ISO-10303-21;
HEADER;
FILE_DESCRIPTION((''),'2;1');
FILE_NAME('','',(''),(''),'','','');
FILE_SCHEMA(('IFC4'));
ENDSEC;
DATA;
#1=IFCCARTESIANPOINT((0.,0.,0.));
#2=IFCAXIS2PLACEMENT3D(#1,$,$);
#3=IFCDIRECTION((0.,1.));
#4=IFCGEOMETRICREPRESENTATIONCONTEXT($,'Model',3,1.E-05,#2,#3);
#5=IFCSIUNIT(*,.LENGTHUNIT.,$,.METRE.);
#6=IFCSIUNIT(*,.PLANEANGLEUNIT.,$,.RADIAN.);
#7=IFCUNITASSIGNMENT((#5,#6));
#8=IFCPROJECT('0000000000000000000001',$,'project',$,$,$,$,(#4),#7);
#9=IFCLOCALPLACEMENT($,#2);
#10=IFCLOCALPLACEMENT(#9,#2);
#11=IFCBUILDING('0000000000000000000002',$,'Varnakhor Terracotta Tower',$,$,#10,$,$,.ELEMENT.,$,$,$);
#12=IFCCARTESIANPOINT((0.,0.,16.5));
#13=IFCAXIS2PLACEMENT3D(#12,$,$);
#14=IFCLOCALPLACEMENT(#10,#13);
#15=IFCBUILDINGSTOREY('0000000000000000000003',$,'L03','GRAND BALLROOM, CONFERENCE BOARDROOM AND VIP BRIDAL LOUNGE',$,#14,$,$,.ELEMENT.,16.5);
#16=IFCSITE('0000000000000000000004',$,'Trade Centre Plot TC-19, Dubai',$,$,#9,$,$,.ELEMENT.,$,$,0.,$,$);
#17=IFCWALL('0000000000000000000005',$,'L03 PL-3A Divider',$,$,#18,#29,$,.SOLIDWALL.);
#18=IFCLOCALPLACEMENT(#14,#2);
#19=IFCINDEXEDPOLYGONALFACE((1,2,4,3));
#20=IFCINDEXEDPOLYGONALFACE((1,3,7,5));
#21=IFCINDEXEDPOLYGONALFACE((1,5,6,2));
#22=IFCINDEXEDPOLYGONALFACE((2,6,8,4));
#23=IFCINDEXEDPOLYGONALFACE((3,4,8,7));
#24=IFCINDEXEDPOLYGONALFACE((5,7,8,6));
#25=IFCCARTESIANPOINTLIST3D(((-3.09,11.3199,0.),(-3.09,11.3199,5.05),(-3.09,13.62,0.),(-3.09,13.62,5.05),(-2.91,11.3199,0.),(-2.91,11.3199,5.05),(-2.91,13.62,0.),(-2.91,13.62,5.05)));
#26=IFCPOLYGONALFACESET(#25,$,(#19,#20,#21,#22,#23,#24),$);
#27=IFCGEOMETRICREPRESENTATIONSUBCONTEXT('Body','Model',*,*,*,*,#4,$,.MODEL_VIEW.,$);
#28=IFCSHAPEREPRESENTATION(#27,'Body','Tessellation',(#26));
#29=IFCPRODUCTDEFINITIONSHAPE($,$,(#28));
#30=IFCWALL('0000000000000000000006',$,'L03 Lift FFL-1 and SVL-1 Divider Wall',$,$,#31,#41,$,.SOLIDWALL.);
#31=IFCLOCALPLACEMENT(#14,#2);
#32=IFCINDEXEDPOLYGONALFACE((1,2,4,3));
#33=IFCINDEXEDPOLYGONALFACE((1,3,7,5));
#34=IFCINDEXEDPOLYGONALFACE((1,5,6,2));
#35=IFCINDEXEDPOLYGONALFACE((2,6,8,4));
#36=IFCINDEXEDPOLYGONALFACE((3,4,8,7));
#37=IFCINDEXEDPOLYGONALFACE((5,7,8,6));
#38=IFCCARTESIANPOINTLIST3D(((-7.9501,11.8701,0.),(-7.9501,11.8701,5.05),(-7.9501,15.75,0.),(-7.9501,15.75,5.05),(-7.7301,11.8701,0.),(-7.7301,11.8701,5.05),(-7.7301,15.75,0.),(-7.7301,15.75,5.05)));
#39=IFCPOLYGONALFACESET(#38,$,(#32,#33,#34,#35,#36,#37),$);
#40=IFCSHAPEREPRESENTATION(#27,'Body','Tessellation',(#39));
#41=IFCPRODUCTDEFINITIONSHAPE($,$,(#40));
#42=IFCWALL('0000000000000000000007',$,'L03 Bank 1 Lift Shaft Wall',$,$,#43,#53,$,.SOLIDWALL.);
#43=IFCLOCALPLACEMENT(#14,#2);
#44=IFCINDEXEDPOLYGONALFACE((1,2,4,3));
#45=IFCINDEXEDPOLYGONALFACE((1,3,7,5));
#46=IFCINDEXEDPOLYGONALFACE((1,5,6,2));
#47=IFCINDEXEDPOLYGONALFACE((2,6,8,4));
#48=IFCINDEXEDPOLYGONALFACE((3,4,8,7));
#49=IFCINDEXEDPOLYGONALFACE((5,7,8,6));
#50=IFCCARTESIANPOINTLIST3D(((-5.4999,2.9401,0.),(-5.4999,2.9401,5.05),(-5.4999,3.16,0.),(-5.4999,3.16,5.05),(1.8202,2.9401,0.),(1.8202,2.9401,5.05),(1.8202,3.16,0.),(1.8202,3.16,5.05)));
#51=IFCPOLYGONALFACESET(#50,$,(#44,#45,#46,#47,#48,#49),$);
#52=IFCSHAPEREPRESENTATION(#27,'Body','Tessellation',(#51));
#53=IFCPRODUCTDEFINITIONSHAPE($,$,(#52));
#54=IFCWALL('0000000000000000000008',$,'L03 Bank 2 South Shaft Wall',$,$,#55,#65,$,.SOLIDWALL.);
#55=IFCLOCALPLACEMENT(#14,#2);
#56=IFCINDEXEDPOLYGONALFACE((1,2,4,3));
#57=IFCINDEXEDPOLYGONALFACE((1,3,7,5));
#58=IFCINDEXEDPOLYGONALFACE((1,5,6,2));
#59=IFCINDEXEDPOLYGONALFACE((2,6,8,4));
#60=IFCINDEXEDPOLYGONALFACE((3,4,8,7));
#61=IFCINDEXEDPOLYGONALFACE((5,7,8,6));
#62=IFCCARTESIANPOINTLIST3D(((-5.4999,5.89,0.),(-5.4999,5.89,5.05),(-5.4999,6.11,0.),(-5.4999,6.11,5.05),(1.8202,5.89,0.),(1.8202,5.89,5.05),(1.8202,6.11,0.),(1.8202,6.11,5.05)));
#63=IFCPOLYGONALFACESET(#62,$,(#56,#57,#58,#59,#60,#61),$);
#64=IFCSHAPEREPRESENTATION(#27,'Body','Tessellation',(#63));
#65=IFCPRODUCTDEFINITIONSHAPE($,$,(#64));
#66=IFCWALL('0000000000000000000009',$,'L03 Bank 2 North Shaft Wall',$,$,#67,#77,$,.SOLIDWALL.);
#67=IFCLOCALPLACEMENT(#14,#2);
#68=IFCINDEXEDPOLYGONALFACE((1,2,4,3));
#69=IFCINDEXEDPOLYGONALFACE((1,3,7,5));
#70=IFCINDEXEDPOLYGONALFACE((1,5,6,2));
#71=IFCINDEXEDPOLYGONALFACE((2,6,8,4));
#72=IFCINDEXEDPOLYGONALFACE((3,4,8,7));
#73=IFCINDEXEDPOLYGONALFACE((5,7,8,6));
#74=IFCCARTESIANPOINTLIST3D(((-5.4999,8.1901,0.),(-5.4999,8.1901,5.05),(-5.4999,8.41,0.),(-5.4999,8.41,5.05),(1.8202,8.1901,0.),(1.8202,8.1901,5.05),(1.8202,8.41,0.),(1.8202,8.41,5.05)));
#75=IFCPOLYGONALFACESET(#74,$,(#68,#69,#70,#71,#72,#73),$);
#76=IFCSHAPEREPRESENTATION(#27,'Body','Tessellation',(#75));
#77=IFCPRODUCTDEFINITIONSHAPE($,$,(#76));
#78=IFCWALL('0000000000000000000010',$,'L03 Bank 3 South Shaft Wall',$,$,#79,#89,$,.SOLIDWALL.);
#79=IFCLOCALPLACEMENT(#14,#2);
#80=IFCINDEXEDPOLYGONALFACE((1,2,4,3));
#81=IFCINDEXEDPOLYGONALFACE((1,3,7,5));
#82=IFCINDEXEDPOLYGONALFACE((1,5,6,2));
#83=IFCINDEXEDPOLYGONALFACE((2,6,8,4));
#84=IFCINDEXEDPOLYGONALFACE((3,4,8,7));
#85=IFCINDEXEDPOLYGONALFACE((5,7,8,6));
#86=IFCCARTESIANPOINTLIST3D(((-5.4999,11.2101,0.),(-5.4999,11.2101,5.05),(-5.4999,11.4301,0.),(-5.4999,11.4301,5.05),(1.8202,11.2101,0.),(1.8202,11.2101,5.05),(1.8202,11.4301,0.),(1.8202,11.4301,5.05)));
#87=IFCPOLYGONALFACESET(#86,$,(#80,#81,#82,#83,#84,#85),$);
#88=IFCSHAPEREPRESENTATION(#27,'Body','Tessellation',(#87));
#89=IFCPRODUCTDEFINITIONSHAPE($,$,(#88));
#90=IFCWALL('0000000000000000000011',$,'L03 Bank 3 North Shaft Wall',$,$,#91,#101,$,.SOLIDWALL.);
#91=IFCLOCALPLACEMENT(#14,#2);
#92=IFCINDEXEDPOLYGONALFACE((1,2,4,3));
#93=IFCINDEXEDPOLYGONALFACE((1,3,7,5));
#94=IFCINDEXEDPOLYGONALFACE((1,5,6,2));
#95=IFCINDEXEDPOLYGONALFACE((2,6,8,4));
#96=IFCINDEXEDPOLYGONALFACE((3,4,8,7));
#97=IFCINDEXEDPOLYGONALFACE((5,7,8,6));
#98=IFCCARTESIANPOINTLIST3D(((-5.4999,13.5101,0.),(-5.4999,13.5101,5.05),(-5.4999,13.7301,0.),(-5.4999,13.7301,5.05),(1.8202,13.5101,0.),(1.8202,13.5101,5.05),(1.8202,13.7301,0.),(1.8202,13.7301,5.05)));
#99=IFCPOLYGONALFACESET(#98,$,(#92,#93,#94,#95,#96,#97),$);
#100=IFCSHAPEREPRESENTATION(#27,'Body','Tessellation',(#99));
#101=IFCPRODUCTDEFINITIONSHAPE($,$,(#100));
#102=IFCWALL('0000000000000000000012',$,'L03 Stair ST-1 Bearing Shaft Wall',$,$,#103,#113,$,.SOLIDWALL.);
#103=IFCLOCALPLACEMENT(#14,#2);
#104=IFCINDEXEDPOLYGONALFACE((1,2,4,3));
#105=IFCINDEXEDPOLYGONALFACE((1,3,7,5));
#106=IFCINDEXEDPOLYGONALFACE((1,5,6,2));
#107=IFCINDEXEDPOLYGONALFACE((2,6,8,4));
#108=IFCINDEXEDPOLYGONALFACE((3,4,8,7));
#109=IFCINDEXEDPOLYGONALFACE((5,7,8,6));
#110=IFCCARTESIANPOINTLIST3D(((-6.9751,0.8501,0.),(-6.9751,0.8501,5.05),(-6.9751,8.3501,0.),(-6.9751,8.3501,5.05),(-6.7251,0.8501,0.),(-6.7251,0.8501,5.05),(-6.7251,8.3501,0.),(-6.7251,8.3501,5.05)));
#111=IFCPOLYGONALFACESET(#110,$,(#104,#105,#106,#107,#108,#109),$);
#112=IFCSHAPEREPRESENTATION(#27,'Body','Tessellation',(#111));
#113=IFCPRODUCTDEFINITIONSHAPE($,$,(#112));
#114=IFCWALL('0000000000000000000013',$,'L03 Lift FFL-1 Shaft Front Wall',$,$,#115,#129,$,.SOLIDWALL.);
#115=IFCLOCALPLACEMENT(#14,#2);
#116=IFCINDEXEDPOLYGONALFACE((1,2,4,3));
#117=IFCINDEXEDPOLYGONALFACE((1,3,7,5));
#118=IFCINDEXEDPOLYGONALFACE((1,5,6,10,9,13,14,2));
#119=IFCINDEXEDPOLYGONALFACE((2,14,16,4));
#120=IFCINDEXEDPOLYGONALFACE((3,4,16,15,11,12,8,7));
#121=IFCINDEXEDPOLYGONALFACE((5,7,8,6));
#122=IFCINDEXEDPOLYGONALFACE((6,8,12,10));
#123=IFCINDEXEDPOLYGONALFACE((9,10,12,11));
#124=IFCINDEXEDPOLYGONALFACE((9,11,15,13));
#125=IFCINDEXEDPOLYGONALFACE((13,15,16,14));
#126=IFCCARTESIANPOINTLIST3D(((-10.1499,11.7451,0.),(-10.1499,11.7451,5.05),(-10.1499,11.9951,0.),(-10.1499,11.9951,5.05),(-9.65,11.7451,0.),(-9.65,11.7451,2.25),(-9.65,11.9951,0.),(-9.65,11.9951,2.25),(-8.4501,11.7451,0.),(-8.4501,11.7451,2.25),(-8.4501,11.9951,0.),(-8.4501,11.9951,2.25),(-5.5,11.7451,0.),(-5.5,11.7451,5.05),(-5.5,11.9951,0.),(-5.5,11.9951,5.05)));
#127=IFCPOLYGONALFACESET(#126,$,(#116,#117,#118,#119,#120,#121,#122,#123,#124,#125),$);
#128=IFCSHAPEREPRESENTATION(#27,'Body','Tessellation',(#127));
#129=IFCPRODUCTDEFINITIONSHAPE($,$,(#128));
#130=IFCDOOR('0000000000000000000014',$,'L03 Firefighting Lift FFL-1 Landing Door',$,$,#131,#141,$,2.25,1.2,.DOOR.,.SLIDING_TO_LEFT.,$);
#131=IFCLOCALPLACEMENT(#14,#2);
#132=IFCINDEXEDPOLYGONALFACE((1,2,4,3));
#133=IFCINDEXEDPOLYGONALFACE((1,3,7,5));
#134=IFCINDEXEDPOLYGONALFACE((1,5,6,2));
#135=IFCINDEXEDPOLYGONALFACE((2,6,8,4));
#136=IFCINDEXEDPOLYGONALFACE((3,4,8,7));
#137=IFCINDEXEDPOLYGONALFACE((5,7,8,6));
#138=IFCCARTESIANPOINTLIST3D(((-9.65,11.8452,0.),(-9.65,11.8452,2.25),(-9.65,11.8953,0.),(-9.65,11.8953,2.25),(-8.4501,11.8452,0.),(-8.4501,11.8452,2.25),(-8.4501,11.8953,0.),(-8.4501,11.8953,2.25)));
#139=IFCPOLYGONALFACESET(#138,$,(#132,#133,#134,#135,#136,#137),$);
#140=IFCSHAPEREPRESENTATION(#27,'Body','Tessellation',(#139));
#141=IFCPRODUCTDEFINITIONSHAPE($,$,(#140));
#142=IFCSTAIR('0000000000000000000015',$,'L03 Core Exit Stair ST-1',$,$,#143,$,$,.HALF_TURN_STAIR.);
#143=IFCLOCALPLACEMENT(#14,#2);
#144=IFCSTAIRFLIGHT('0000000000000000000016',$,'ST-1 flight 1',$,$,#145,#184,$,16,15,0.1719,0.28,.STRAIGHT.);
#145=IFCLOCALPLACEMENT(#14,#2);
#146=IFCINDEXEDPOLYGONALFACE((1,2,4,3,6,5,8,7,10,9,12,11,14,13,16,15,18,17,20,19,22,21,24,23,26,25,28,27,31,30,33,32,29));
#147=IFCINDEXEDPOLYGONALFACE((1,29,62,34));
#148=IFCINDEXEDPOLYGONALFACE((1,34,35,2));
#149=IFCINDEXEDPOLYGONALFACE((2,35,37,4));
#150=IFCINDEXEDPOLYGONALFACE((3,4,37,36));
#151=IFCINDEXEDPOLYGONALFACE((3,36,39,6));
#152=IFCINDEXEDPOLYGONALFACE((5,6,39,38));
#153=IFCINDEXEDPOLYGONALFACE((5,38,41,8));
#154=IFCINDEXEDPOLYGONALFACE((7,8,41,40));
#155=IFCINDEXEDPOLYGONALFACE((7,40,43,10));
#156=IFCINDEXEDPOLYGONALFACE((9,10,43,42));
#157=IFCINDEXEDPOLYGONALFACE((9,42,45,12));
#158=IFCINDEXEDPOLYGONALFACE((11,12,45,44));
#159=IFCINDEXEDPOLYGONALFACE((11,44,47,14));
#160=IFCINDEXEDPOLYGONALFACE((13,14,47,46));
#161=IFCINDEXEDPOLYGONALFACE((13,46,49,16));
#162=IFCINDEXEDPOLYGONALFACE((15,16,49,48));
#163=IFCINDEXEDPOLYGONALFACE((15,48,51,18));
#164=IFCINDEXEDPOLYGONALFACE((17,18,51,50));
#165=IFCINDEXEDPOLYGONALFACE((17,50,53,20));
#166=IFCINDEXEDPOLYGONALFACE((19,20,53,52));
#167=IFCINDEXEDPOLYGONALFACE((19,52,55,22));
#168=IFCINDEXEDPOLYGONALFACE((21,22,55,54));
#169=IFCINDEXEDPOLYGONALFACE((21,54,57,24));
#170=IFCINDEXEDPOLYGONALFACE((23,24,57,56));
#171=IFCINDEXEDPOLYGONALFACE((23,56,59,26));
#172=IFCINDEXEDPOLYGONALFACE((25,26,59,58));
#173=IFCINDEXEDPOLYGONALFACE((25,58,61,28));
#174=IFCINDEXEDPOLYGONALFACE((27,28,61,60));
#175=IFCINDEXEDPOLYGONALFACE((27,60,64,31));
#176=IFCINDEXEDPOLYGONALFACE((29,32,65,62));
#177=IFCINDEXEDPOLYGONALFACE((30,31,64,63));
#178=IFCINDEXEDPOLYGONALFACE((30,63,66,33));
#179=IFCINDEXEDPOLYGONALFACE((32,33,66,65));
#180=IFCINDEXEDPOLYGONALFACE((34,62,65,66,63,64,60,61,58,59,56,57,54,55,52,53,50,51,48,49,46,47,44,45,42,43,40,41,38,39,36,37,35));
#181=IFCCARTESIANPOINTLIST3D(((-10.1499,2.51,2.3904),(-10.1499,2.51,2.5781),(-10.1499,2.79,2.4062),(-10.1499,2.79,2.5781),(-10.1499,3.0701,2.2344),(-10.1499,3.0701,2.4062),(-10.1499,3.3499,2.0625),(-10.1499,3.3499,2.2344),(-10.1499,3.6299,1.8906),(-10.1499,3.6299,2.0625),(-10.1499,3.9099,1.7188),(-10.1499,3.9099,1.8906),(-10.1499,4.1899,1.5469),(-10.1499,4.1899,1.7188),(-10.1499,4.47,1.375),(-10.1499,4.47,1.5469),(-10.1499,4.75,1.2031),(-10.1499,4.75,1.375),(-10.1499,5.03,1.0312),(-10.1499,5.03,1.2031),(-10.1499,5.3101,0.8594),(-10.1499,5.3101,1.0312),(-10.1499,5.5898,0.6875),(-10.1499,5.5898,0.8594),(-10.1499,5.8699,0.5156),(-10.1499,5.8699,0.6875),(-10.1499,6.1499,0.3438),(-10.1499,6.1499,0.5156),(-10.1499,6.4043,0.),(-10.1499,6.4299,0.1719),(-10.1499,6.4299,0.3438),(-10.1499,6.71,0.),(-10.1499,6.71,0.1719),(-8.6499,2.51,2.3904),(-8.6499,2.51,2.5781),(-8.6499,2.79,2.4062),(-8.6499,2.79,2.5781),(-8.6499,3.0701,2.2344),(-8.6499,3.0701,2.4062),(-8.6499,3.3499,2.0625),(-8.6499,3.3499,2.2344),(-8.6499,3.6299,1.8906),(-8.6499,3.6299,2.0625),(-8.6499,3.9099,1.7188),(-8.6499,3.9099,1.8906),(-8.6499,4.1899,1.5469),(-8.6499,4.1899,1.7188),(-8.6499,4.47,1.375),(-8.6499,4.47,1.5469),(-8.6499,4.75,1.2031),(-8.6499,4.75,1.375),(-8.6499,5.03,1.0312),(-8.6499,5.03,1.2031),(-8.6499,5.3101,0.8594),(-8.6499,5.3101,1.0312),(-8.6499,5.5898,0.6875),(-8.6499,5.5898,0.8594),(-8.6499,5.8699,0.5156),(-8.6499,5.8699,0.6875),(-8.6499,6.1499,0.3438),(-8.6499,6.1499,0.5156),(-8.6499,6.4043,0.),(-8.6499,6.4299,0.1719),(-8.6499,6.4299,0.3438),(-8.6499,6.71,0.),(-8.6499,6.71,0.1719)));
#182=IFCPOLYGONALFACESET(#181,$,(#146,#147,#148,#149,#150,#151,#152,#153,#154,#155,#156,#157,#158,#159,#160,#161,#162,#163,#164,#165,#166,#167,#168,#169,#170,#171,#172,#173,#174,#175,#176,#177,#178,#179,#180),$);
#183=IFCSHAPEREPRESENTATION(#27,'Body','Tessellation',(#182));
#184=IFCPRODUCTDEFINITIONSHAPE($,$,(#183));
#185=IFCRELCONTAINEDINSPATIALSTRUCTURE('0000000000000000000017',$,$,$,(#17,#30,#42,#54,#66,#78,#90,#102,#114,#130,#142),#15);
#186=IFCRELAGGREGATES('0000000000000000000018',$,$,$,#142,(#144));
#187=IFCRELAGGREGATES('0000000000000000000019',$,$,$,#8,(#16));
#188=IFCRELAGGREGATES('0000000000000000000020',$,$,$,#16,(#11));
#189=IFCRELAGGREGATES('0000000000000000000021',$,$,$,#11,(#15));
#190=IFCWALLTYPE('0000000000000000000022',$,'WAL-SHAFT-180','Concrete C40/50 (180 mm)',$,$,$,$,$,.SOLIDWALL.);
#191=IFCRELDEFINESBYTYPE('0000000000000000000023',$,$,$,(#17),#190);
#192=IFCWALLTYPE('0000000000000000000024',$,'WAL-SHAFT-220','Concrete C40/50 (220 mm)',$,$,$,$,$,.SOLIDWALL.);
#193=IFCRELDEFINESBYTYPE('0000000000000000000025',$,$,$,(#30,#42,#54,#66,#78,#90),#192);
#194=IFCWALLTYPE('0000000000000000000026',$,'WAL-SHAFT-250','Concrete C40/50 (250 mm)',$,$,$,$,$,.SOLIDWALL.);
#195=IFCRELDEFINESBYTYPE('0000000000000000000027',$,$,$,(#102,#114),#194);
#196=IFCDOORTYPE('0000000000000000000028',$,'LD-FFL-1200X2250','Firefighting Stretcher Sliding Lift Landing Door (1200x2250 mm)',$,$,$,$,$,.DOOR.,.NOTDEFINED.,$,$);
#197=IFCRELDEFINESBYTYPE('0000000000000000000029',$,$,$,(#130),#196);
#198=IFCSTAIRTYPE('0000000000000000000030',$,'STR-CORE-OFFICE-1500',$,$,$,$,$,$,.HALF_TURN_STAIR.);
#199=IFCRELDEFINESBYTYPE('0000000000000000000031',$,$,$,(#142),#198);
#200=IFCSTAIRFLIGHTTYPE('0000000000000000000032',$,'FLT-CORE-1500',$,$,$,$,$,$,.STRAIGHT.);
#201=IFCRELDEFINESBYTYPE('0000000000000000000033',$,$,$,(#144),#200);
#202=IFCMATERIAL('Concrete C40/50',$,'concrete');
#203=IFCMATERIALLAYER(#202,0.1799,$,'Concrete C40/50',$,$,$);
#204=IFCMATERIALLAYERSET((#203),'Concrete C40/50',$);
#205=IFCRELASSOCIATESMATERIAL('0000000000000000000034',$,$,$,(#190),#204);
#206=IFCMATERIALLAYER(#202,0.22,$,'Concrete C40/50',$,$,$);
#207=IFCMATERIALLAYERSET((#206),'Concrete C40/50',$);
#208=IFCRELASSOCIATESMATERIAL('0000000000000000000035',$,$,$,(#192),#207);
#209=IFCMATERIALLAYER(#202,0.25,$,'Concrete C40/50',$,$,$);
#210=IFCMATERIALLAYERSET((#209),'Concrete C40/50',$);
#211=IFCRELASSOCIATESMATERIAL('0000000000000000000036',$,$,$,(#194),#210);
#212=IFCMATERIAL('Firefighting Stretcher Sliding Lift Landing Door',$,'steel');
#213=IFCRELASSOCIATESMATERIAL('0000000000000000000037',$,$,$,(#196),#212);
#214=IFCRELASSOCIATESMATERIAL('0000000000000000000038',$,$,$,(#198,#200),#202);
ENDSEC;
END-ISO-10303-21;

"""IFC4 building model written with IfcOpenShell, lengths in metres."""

from ifc_helpers import new_model, si_unit, direction, frame, frame_2d, origin, place, context, subcontext, project, spatial, polyline, rectangle, outline, extrude, source, transform, mapped, material, layer, layer_set, type_object, type_shapes, element, fill, aggregate, save


model = new_model("IFC4")

# Units and contexts
model_context = context("Model", 3, precision=1e-05, world=origin(), true_north=direction((0.0, 1.0)))
body_context = subcontext(model_context, "Body", "Model", "MODEL_VIEW")
ifc_project = project(units=[si_unit("LENGTHUNIT", "METRE"), si_unit("PLANEANGLEUNIT", "RADIAN")], contexts=[model_context])

# Site, building, storey
site_placement = place(None, origin())
site = spatial("IfcSite", under=ifc_project, at=site_placement, Name="Trade Centre Plot TC-19, Dubai", CompositionType="ELEMENT", RefElevation=0.0)
building_placement = place(site_placement, origin())
building = spatial("IfcBuilding", under=site, at=building_placement, Name="Varnakhor Terracotta Tower", CompositionType="ELEMENT")
storey_placement = place(building_placement, frame((0.0, 0.0, 16.5)))
storey = spatial("IfcBuildingStorey", under=building, at=storey_placement, Name="L03", Description="GRAND BALLROOM, CONFERENCE BOARDROOM AND VIP BRIDAL LOUNGE", CompositionType="ELEMENT", Elevation=16.5)

# Shared definitions
ifc_material_1 = material(Name="Concrete C40/50", Category="concrete")

# Walls
ifc_layer_1 = layer(ifc_material_1, 0.1799, Name="Concrete C40/50")
ifc_layer_set_1 = layer_set([ifc_layer_1], Name="Concrete C40/50")
wall_type_1 = type_object("IfcWallType", Name="WAL-SHAFT-180", Description="Concrete C40/50 (180 mm)", PredefinedType="SOLIDWALL", material=ifc_layer_set_1)
for number, where, z_axis, x_axis, name in (
    (1, (-3.0, 11.3201, 0.0), (0.0, 0.0, 1.0), (0.0, 1.0, 0.0), "L03 PL-3A Divider"),
):
    element("IfcWall", number, at=place(storey_placement, frame(where, z_axis=z_axis, x_axis=x_axis)), inside=storey, type_object=wall_type_1, Name=name, PredefinedType="SOLIDWALL", context=body_context, shape_type="SweptSolid", body=[
        extrude(rectangle(XDim=2.3, YDim=0.1799, at=frame_2d((1.1499, 0.0))), origin(), (0.0, 0.0, 1.0), 5.05),
    ])
ifc_layer_2 = layer(ifc_material_1, 0.22, Name="Concrete C40/50")
ifc_layer_set_2 = layer_set([ifc_layer_2], Name="Concrete C40/50")
wall_type_2 = type_object("IfcWallType", Name="WAL-SHAFT-220", Description="Concrete C40/50 (220 mm)", PredefinedType="SOLIDWALL", material=ifc_layer_set_2)
wall_1_placement = place(storey_placement, frame((-7.8401, 11.8701, 0.0), z_axis=(0.0, 0.0, 1.0), x_axis=(0.0, 1.0, 0.0)))
element("IfcWall", 2, at=wall_1_placement, inside=storey, type_object=wall_type_2, Name="L03 Lift FFL-1 and SVL-1 Divider Wall", PredefinedType="SOLIDWALL", context=body_context, shape_type="SweptSolid", body=[
    extrude(rectangle(XDim=3.8799, YDim=0.22, at=frame_2d((1.9399, 0.0))), origin(), (0.0, 0.0, 1.0), 5.05),
])
for number, where, z_axis, x_axis, name in (
    (3, (-5.5, 3.05, 0.0), (0.0, 0.0, 1.0), (1.0, 0.0, 0.0), "L03 Bank 1 Lift Shaft Wall"),
    (4, (-5.5, 6.0, 0.0), (0.0, 0.0, 1.0), (1.0, 0.0, 0.0), "L03 Bank 2 South Shaft Wall"),
    (5, (-5.5, 8.3, 0.0), (0.0, 0.0, 1.0), (1.0, 0.0, 0.0), "L03 Bank 2 North Shaft Wall"),
    (6, (-5.5, 11.3201, 0.0), (0.0, 0.0, 1.0), (1.0, 0.0, 0.0), "L03 Bank 3 South Shaft Wall"),
    (7, (-5.5, 13.6201, 0.0), (0.0, 0.0, 1.0), (1.0, 0.0, 0.0), "L03 Bank 3 North Shaft Wall"),
):
    element("IfcWall", number, at=place(storey_placement, frame(where, z_axis=z_axis, x_axis=x_axis)), inside=storey, type_object=wall_type_2, Name=name, PredefinedType="SOLIDWALL", context=body_context, shape_type="SweptSolid", body=[
        extrude(rectangle(XDim=7.3201, YDim=0.22, at=frame_2d((3.6602, 0.0))), origin(), (0.0, 0.0, 1.0), 5.05),
    ])
ifc_layer_3 = layer(ifc_material_1, 0.25, Name="Concrete C40/50")
ifc_layer_set_3 = layer_set([ifc_layer_3], Name="Concrete C40/50")
wall_type_3 = type_object("IfcWallType", Name="WAL-SHAFT-250", Description="Concrete C40/50 (250 mm)", PredefinedType="SOLIDWALL", material=ifc_layer_set_3)
wall_2_placement = place(storey_placement, frame((-6.8501, 0.8501, 0.0), z_axis=(0.0, 0.0, 1.0), x_axis=(0.0, 1.0, 0.0)))
element("IfcWall", 8, at=wall_2_placement, inside=storey, type_object=wall_type_3, Name="L03 Stair ST-1 Bearing Shaft Wall", PredefinedType="SOLIDWALL", context=body_context, shape_type="SweptSolid", body=[
    extrude(rectangle(XDim=7.5, YDim=0.25, at=frame_2d((3.75, 0.0))), origin(), (0.0, 0.0, 1.0), 5.05),
])

# Wall, opening, door
wall_3_placement = place(storey_placement, frame((-5.5, 11.8701, 0.0), z_axis=(0.0, 0.0, 1.0), x_axis=(-1.0, 0.0, 0.0)))
wall_3 = element("IfcWall", 9, at=wall_3_placement, inside=storey, type_object=wall_type_3, Name="L03 Lift FFL-1 Shaft Front Wall", PredefinedType="SOLIDWALL", context=body_context, shape_type="SweptSolid", body=[
    extrude(rectangle(XDim=4.6499, YDim=0.25, at=frame_2d((2.325, 0.0))), origin(), (0.0, 0.0, 1.0), 5.05),
])
opening_1_placement = place(wall_3_placement, frame((2.95, 0.0, 0.0)))
opening_1 = element("IfcOpeningElement", 10, at=opening_1_placement, cuts=wall_3, PredefinedType="OPENING", context=body_context, shape_type="SweptSolid", body=[
    extrude(rectangle(XDim=1.2, YDim=2.25, at=frame_2d((0.6001, 1.125))), frame((0.0, 0.135, 0.0), z_axis=(0.0, -1.0, 0.0), x_axis=(1.0, 0.0, 0.0)), (0.0, 0.0, 1.0), 0.27),
])
ifc_material_2 = material(Name="Firefighting Stretcher Sliding Lift Landing Door", Category="steel")
door_type_1 = type_object("IfcDoorType", Name="LD-FFL-1200X2250", Description="Firefighting Stretcher Sliding Lift Landing Door (1200x2250 mm)", OperationType="NOTDEFINED", PredefinedType="DOOR", material=ifc_material_2)
shared_shape_1 = source(origin(), body_context, "Body", "SweptSolid", [
    extrude(rectangle(XDim=1.2, YDim=2.25, at=frame_2d((0.6001, 1.125))), frame((0.0, 0.0249, 0.0), z_axis=(0.0, -1.0, 0.0), x_axis=(1.0, 0.0, 0.0)), (0.0, 0.0, 1.0), 0.05),
])
type_shapes(door_type_1, [shared_shape_1])
door_1_placement = place(opening_1_placement, origin())
door_1 = element("IfcDoor", 11, at=door_1_placement, inside=storey, type_object=door_type_1, Name="L03 Firefighting Lift FFL-1 Landing Door", OperationType="SLIDING_TO_LEFT", OverallHeight=2.25, OverallWidth=1.2, PredefinedType="DOOR", context=body_context, shape_type="MappedRepresentation", body=[
    mapped(shared_shape_1, transform((0.0, 0.0, 0.0), scale=1.0)),
])
fill(opening_1, door_1)

# Stair, stair flight
stair_type = type_object("IfcStairType", Name="STR-CORE-OFFICE-1500", PredefinedType="HALF_TURN_STAIR", material=ifc_material_1)
stair_placement = place(storey_placement, origin())
stair = element("IfcStair", 12, at=stair_placement, inside=storey, type_object=stair_type, Name="L03 Core Exit Stair ST-1", PredefinedType="HALF_TURN_STAIR")
stair_flight_type = type_object("IfcStairFlightType", Name="FLT-CORE-1500", PredefinedType="STRAIGHT", material=ifc_material_1)
stair_flight_1_placement = place(storey_placement, frame((-9.3999, 6.71, 0.0), z_axis=(0.0, 0.0, 1.0), x_axis=(0.0, -1.0, 0.0)))
stair_flight_1 = element("IfcStairFlight", 13, at=stair_flight_1_placement, type_object=stair_flight_type, Name="ST-1 flight 1", NumberOfRisers=16, NumberOfTreads=15, PredefinedType="STRAIGHT", RiserHeight=0.1719, TreadLength=0.28, context=body_context, shape_type="SweptSolid", body=[
    extrude(outline(polyline([(0.0, 0.0), (0.0, 0.1719), (0.28, 0.1719), (0.28, 0.3438), (0.5601, 0.3438), (0.5601, 0.5156), (0.8401, 0.5156), (0.8401, 0.6875), (1.1201, 0.6875), (1.1201, 0.8594), (1.3999, 0.8594), (1.3999, 1.0312), (1.6799, 1.0312), (1.6799, 1.2031), (1.96, 1.2031), (1.96, 1.375), (2.24, 1.375), (2.24, 1.5469), (2.52, 1.5469), (2.52, 1.7188), (2.8, 1.7188), (2.8, 1.8906), (3.0801, 1.8906), (3.0801, 2.0625), (3.3601, 2.0625), (3.3601, 2.2344), (3.6399, 2.2344), (3.6399, 2.4062), (3.9199, 2.4062), (3.9199, 2.5781), (4.2, 2.5781), (4.2, 2.75), (4.2, 2.3904), (0.3057, 0.0), (0.0, 0.0)])), frame((0.0, 0.75, 0.0), z_axis=(0.0, -1.0, 0.0), x_axis=(1.0, 0.0, 0.0)), (0.0, 0.0, 1.0), 1.5),
])
aggregate(stair, [stair_flight_1])

save(model, "model.ifc")
